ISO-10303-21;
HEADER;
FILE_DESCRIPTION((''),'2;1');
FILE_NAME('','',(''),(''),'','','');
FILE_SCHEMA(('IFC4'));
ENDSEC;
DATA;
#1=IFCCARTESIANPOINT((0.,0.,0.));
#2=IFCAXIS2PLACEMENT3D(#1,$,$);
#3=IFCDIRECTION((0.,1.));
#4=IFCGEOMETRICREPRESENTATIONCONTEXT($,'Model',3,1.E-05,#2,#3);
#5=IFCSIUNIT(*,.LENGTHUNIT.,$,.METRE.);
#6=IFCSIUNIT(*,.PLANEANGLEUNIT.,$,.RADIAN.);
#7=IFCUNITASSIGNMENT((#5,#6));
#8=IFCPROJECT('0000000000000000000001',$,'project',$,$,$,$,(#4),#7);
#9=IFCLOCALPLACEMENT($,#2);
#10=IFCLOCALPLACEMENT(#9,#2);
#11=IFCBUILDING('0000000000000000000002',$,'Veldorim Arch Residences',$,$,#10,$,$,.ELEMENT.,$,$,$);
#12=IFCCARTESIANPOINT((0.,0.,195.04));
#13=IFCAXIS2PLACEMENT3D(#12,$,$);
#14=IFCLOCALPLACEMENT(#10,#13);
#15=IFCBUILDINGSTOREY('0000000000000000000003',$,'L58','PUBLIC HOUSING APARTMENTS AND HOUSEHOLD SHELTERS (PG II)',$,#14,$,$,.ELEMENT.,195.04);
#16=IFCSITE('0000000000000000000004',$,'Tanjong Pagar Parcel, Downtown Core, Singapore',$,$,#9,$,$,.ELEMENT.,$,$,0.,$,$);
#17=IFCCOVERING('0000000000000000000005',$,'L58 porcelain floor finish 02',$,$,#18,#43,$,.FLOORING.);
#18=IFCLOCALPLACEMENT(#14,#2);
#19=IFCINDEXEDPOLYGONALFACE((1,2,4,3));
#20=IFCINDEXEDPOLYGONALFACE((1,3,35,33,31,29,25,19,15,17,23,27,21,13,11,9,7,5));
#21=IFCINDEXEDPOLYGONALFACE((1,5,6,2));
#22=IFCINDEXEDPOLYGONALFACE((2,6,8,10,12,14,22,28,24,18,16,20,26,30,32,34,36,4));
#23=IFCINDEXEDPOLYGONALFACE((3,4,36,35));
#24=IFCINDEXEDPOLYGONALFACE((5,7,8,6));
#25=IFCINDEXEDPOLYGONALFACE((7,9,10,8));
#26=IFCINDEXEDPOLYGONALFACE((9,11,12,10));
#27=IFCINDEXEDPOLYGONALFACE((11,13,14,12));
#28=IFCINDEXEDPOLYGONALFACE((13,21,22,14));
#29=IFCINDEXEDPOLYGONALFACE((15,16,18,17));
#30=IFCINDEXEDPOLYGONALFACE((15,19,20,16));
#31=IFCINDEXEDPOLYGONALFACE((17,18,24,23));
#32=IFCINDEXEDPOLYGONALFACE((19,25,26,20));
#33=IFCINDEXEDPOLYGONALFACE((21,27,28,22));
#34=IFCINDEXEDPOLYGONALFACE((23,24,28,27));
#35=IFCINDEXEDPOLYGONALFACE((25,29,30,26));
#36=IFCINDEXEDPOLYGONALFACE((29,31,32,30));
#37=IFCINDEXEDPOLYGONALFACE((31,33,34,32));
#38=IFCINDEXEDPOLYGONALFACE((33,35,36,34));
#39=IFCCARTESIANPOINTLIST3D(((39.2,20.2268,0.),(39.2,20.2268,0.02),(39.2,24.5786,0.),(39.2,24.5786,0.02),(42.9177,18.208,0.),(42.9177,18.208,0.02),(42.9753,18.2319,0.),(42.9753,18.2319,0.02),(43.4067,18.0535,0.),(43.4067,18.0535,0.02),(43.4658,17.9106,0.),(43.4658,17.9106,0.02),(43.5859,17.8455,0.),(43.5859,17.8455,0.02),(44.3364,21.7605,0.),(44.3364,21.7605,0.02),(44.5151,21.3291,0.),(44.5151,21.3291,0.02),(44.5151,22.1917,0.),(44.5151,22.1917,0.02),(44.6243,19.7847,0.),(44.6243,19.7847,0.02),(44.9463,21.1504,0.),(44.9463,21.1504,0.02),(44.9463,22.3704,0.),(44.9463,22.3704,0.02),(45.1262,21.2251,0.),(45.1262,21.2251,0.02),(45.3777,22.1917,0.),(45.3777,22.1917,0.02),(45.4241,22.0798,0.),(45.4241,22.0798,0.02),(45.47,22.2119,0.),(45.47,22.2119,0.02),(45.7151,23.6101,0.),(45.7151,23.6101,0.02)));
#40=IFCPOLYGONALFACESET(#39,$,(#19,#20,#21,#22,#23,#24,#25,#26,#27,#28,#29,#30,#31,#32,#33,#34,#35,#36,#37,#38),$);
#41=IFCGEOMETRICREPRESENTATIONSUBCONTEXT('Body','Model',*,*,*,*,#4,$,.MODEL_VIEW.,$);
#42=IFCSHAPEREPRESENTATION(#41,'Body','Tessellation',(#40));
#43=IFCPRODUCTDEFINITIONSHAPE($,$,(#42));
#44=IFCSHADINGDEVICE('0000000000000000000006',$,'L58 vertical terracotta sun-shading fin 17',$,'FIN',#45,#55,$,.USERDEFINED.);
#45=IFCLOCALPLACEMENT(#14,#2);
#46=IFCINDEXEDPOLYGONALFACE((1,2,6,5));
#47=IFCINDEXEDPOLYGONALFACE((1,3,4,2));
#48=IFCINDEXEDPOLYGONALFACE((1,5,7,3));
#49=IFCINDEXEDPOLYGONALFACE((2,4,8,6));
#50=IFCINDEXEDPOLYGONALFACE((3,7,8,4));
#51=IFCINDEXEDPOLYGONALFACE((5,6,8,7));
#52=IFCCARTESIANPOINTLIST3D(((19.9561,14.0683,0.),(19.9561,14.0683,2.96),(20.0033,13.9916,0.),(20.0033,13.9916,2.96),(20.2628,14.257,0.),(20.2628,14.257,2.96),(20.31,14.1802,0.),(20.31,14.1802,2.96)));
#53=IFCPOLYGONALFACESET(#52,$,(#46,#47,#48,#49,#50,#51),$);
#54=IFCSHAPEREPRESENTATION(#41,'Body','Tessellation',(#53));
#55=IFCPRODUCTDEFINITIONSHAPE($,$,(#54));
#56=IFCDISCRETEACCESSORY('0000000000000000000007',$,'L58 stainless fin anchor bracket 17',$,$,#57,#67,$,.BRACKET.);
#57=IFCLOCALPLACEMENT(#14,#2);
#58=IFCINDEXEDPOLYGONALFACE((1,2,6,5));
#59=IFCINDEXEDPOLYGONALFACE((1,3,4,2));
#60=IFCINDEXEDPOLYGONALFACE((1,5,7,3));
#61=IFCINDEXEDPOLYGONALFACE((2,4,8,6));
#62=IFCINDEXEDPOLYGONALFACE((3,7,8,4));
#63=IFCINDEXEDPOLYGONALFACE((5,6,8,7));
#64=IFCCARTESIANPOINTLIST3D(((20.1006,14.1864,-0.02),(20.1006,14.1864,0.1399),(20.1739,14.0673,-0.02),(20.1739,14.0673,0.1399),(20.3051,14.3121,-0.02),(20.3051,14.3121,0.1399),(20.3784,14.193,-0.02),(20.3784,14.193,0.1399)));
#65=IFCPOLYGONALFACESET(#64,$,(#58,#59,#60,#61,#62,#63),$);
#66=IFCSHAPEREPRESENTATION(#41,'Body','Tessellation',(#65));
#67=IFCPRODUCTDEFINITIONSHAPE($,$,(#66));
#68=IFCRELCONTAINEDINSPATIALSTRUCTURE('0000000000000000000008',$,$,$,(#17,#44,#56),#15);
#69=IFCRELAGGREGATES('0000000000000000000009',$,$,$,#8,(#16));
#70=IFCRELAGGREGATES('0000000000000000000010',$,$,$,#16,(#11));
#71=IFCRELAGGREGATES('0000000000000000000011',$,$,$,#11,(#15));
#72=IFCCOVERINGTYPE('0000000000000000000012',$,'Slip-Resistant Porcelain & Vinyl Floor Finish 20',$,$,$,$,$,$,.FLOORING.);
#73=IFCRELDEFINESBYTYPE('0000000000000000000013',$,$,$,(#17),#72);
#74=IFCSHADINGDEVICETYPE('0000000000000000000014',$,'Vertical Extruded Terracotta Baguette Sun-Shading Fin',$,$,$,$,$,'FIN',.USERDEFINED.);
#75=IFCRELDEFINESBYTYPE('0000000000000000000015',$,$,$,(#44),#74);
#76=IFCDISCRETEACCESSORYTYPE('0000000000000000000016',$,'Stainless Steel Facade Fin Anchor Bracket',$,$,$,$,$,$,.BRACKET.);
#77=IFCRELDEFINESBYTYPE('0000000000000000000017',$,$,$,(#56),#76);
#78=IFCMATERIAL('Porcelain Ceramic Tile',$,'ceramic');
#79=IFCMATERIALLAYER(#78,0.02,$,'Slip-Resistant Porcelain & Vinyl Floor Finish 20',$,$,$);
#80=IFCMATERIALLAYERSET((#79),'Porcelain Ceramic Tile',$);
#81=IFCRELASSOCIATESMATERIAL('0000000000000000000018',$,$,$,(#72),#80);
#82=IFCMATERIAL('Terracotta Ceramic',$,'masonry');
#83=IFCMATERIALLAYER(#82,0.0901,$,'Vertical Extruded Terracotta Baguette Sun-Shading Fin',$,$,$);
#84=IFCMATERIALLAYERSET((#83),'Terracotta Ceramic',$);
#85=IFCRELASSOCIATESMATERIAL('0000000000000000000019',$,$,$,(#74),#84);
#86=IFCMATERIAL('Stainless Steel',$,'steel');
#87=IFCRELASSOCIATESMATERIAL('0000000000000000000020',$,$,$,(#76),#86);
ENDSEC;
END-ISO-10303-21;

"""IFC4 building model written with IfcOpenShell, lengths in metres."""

from ifc_helpers import new_model, si_unit, direction, frame, origin, origin_2d, place, context, subcontext, project, spatial, polyline, rectangle, outline, extrude, material, layer, layer_set, type_object, element, save


model = new_model("IFC4")

# Units and contexts
model_context = context("Model", 3, precision=1e-05, world=origin(), true_north=direction((0.0, 1.0)))
body_context = subcontext(model_context, "Body", "Model", "MODEL_VIEW")
ifc_project = project(units=[si_unit("LENGTHUNIT", "METRE"), si_unit("PLANEANGLEUNIT", "RADIAN")], contexts=[model_context])

# Site, building, storey
site_placement = place(None, origin())
site = spatial("IfcSite", under=ifc_project, at=site_placement, Name="Tanjong Pagar Parcel, Downtown Core, Singapore", CompositionType="ELEMENT", RefElevation=0.0)
building_placement = place(site_placement, origin())
building = spatial("IfcBuilding", under=site, at=building_placement, Name="Veldorim Arch Residences", CompositionType="ELEMENT")
storey_placement = place(building_placement, frame((0.0, 0.0, 195.04)))
storey = spatial("IfcBuildingStorey", under=building, at=storey_placement, Name="L58", Description="PUBLIC HOUSING APARTMENTS AND HOUSEHOLD SHELTERS (PG II)", CompositionType="ELEMENT", Elevation=195.04)

# Covering
ifc_material_1 = material(Name="Porcelain Ceramic Tile", Category="ceramic")
ifc_layer_1 = layer(ifc_material_1, 0.02, Name="Slip-Resistant Porcelain & Vinyl Floor Finish 20")
ifc_layer_set_1 = layer_set([ifc_layer_1], Name="Porcelain Ceramic Tile")
covering_type_1 = type_object("IfcCoveringType", Name="Slip-Resistant Porcelain & Vinyl Floor Finish 20", PredefinedType="FLOORING", material=ifc_layer_set_1)
covering_1_placement = place(storey_placement, origin())
element("IfcCovering", 1, at=covering_1_placement, inside=storey, type_object=covering_type_1, Name="L58 porcelain floor finish 02", PredefinedType="FLOORING", context=body_context, shape_type="SweptSolid", body=[
    extrude(outline(polyline([(44.6243, 19.7847), (43.5859, 17.8455), (43.4658, 17.9106), (43.4067, 18.0535), (42.9753, 18.2319), (42.9177, 18.208), (39.2, 20.2268), (39.2, 24.5786), (45.7151, 23.6101), (45.47, 22.2119), (45.4241, 22.0798), (45.3777, 22.1917), (44.9463, 22.3704), (44.5151, 22.1917), (44.3364, 21.7605), (44.5151, 21.3291), (44.9463, 21.1504), (45.1262, 21.2251), (44.6243, 19.7847)])), origin(), (0.0, 0.0, 1.0), 0.02),
])

# Shading device
ifc_material_2 = material(Name="Terracotta Ceramic", Category="masonry")
ifc_layer_2 = layer(ifc_material_2, 0.0901, Name="Vertical Extruded Terracotta Baguette Sun-Shading Fin")
ifc_layer_set_2 = layer_set([ifc_layer_2], Name="Terracotta Ceramic")
shading_device_type = type_object("IfcShadingDeviceType", Name="Vertical Extruded Terracotta Baguette Sun-Shading Fin", ElementType="FIN", PredefinedType="USERDEFINED", material=ifc_layer_set_2)
shading_device_placement = place(storey_placement, frame((20.1331, 14.1243, 0.0), z_axis=(0.0, 0.0, 1.0), x_axis=(-0.523837, 0.851818, 0.0)))
element("IfcShadingDevice", 2, at=shading_device_placement, inside=storey, type_object=shading_device_type, Name="L58 vertical terracotta sun-shading fin 17", ObjectType="FIN", PredefinedType="USERDEFINED", context=body_context, shape_type="SweptSolid", body=[
    extrude(rectangle(XDim=0.0901, YDim=0.3601, at=origin_2d()), origin(), (0.0, 0.0, 1.0), 2.96),
])

# Discrete accessory
ifc_material_3 = material(Name="Stainless Steel", Category="steel")
discrete_accessory_type = type_object("IfcDiscreteAccessoryType", Name="Stainless Steel Facade Fin Anchor Bracket", PredefinedType="BRACKET", material=ifc_material_3)
discrete_accessory_placement = place(storey_placement, frame((20.2395, 14.1897, -0.02), z_axis=(0.0, 0.0, 1.0), x_axis=(-0.523837, 0.851818, 0.0)))
element("IfcDiscreteAccessory", 3, at=discrete_accessory_placement, inside=storey, type_object=discrete_accessory_type, Name="L58 stainless fin anchor bracket 17", PredefinedType="BRACKET", context=body_context, shape_type="SweptSolid", body=[
    extrude(rectangle(XDim=0.1399, YDim=0.24, at=origin_2d()), origin(), (0.0, 0.0, 1.0), 0.1599),
])

save(model, "model.ifc")
